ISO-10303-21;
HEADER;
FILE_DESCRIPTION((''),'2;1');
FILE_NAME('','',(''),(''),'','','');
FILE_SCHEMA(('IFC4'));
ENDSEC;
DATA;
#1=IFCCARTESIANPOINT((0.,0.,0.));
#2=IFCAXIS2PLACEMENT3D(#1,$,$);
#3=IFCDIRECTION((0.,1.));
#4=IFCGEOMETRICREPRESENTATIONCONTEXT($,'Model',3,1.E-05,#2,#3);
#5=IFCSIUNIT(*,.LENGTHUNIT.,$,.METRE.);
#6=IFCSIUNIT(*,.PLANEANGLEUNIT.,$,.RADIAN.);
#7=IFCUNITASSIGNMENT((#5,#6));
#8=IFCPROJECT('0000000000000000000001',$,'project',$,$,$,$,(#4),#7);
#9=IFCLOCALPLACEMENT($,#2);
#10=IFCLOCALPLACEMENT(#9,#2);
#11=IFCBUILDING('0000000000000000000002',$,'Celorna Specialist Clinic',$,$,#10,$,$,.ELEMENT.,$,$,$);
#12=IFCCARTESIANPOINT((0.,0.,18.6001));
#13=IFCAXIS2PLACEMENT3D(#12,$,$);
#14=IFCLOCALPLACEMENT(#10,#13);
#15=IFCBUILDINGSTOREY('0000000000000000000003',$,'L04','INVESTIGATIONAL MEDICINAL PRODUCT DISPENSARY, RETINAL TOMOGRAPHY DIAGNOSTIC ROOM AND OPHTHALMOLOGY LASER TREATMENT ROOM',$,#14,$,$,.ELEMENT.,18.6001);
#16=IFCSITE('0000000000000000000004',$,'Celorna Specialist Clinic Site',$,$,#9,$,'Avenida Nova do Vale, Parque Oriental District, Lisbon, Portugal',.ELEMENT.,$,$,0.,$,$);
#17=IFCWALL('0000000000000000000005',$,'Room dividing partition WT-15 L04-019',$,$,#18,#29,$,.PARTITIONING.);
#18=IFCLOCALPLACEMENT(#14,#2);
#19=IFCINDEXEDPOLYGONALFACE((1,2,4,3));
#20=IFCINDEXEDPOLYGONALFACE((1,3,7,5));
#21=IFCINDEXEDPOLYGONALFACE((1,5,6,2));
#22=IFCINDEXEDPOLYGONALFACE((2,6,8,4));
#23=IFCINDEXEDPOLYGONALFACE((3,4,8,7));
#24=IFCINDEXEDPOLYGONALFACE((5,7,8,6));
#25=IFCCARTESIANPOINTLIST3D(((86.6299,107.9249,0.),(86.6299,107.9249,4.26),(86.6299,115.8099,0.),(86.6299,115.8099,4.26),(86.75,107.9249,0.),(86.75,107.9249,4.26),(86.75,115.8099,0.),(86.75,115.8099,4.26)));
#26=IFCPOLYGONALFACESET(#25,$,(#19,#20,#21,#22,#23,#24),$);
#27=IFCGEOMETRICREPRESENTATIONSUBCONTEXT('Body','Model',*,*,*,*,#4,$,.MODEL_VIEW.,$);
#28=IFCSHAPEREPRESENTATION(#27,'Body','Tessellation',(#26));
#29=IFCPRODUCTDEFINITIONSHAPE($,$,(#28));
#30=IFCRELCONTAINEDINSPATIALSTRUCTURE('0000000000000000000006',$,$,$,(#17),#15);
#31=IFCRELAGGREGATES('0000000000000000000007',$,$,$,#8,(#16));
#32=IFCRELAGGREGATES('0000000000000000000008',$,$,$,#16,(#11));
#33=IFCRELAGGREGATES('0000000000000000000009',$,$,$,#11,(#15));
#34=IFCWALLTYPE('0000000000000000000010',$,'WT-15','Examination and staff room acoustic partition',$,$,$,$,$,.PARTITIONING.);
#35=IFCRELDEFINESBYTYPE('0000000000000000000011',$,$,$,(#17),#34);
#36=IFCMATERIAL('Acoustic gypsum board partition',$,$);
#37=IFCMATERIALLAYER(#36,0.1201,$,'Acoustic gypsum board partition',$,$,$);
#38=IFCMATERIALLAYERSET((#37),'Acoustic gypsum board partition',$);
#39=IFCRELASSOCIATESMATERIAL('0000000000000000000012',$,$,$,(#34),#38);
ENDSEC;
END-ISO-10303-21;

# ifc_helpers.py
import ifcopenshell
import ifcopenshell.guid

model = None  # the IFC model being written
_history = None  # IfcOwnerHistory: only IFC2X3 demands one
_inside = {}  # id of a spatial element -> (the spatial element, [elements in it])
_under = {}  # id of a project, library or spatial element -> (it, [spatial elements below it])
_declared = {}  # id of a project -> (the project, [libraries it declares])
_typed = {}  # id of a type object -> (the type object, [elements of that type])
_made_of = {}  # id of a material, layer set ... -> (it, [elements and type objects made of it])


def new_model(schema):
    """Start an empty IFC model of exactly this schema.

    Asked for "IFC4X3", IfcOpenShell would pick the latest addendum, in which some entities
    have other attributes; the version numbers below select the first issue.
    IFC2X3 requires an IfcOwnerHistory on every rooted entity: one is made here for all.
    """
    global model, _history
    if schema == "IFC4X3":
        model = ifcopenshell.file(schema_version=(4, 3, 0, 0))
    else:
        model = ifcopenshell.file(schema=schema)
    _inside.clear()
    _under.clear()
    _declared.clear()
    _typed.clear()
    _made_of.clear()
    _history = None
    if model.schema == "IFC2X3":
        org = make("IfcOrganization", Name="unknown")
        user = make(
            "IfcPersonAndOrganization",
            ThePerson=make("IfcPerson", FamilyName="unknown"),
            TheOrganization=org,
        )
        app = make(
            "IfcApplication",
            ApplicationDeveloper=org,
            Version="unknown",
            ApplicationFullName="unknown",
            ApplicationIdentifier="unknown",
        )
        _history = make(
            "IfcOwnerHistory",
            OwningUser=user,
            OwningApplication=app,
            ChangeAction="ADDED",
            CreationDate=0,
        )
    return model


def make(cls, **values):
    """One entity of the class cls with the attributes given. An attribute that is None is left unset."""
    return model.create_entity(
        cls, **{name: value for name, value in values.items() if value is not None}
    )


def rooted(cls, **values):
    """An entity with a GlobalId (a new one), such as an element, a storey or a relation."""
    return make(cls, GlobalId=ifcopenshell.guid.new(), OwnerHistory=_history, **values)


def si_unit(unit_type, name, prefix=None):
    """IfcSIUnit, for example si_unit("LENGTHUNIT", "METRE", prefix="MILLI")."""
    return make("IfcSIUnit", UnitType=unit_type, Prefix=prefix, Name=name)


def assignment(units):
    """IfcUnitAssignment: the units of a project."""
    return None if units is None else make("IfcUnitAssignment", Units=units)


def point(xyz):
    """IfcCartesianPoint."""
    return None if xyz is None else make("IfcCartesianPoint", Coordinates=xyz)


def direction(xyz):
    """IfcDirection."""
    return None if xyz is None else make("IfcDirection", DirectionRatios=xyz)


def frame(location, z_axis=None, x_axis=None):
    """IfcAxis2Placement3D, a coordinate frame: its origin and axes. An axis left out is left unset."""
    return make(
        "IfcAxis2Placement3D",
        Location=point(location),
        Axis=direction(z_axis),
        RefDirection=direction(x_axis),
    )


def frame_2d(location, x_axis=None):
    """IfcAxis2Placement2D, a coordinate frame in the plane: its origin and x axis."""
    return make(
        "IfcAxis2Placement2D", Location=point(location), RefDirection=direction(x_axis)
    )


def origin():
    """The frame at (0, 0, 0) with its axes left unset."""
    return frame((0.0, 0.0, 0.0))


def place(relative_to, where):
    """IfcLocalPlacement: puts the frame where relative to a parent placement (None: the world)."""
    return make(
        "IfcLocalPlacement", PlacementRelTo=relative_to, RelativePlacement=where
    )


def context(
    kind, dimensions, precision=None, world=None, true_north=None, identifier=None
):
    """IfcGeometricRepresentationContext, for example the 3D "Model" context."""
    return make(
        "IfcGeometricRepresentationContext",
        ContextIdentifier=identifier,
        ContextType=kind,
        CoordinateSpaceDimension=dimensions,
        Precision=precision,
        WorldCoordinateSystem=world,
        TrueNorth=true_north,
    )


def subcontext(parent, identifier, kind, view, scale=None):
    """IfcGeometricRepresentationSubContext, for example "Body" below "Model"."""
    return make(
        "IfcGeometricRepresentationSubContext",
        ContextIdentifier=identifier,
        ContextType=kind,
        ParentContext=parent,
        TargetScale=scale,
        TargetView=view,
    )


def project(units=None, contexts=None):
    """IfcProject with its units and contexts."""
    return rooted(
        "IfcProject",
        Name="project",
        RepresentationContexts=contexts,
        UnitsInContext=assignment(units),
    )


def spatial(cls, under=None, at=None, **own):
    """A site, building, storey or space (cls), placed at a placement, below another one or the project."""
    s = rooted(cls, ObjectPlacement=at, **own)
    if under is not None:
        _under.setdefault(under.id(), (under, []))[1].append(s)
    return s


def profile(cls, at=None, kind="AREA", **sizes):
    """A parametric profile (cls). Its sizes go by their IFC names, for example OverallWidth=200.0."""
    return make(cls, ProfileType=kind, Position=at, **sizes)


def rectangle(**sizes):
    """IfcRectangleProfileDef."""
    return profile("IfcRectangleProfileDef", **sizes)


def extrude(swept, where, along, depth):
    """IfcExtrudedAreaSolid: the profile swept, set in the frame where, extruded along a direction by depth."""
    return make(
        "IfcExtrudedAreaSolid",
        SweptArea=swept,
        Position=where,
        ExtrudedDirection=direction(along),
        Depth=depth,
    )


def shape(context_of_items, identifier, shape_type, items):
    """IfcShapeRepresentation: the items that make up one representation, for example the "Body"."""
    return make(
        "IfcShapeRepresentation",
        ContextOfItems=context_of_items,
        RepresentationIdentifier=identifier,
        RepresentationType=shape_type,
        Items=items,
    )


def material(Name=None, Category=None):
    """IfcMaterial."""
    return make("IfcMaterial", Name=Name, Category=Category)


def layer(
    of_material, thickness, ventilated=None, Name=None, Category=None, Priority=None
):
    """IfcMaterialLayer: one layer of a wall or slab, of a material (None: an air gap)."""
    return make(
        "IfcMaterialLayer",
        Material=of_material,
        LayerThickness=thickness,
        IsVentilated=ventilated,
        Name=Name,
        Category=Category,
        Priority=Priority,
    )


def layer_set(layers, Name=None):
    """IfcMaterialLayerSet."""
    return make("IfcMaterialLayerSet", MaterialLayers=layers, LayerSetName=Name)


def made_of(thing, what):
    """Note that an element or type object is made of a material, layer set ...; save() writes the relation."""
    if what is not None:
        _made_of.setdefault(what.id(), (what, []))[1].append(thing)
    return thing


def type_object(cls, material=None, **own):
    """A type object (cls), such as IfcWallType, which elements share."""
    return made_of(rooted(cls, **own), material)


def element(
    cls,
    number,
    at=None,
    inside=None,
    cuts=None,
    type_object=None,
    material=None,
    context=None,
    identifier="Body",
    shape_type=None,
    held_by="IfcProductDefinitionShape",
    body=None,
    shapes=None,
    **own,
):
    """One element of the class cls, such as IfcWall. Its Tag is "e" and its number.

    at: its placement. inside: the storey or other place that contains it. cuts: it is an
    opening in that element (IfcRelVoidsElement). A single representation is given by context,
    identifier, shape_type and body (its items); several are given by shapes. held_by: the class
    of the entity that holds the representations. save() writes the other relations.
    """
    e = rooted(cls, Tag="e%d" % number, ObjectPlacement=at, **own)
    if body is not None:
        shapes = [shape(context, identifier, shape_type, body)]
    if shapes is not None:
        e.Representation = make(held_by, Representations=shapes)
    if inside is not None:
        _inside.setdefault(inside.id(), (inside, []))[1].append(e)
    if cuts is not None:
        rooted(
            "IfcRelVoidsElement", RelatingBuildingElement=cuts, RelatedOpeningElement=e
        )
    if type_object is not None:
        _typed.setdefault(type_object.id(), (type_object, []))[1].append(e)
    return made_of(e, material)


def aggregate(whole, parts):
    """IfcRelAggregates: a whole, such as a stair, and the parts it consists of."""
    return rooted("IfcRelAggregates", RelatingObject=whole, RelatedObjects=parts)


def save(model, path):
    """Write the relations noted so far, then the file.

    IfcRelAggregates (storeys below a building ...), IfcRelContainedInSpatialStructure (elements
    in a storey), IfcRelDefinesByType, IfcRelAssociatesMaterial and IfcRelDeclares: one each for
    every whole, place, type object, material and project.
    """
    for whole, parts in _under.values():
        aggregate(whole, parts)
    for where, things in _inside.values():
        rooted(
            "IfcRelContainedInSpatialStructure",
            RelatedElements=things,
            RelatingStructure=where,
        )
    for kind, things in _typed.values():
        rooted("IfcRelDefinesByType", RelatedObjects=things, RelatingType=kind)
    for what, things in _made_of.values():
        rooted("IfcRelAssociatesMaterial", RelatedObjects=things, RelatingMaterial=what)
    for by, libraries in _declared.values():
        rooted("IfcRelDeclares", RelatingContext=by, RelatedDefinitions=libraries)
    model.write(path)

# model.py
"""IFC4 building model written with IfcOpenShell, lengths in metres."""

from ifc_helpers import new_model, si_unit, direction, frame, frame_2d, origin, place, context, subcontext, project, spatial, rectangle, extrude, material, layer, layer_set, type_object, element, save


model = new_model("IFC4")

# Units and contexts
model_context = context("Model", 3, precision=1e-05, world=origin(), true_north=direction((0.0, 1.0)))
body_context = subcontext(model_context, "Body", "Model", "MODEL_VIEW")
ifc_project = project(units=[si_unit("LENGTHUNIT", "METRE"), si_unit("PLANEANGLEUNIT", "RADIAN")], contexts=[model_context])

# Site, building, storey
site_placement = place(None, origin())
site = spatial("IfcSite", under=ifc_project, at=site_placement, Name="Celorna Specialist Clinic Site", LongName="Avenida Nova do Vale, Parque Oriental District, Lisbon, Portugal", CompositionType="ELEMENT", RefElevation=0.0)
building_placement = place(site_placement, origin())
building = spatial("IfcBuilding", under=site, at=building_placement, Name="Celorna Specialist Clinic", CompositionType="ELEMENT")
storey_placement = place(building_placement, frame((0.0, 0.0, 18.6001)))
storey = spatial("IfcBuildingStorey", under=building, at=storey_placement, Name="L04", Description="INVESTIGATIONAL MEDICINAL PRODUCT DISPENSARY, RETINAL TOMOGRAPHY DIAGNOSTIC ROOM AND OPHTHALMOLOGY LASER TREATMENT ROOM", CompositionType="ELEMENT", Elevation=18.6001)

# Shared definitions
ifc_material_1 = material(Name="Acoustic gypsum board partition")
ifc_layer_1 = layer(ifc_material_1, 0.1201, Name="Acoustic gypsum board partition")
ifc_layer_set_1 = layer_set([ifc_layer_1], Name="Acoustic gypsum board partition")
wall_type_1 = type_object("IfcWallType", Name="WT-15", Description="Examination and staff room acoustic partition", PredefinedType="PARTITIONING", material=ifc_layer_set_1)

# Wall
wall_1_placement = place(storey_placement, frame((86.6899, 107.925, 0.0), z_axis=(0.0, 0.0, 1.0), x_axis=(0.0, 1.0, 0.0)))
element("IfcWall", 1, at=wall_1_placement, inside=storey, type_object=wall_type_1, Name="Room dividing partition WT-15 L04-019", PredefinedType="PARTITIONING", context=body_context, shape_type="SweptSolid", body=[
    extrude(rectangle(XDim=7.885, YDim=0.1201, at=frame_2d((3.9424, 0.0))), origin(), (0.0, 0.0, 1.0), 4.26),
])

save(model, "model.ifc")
